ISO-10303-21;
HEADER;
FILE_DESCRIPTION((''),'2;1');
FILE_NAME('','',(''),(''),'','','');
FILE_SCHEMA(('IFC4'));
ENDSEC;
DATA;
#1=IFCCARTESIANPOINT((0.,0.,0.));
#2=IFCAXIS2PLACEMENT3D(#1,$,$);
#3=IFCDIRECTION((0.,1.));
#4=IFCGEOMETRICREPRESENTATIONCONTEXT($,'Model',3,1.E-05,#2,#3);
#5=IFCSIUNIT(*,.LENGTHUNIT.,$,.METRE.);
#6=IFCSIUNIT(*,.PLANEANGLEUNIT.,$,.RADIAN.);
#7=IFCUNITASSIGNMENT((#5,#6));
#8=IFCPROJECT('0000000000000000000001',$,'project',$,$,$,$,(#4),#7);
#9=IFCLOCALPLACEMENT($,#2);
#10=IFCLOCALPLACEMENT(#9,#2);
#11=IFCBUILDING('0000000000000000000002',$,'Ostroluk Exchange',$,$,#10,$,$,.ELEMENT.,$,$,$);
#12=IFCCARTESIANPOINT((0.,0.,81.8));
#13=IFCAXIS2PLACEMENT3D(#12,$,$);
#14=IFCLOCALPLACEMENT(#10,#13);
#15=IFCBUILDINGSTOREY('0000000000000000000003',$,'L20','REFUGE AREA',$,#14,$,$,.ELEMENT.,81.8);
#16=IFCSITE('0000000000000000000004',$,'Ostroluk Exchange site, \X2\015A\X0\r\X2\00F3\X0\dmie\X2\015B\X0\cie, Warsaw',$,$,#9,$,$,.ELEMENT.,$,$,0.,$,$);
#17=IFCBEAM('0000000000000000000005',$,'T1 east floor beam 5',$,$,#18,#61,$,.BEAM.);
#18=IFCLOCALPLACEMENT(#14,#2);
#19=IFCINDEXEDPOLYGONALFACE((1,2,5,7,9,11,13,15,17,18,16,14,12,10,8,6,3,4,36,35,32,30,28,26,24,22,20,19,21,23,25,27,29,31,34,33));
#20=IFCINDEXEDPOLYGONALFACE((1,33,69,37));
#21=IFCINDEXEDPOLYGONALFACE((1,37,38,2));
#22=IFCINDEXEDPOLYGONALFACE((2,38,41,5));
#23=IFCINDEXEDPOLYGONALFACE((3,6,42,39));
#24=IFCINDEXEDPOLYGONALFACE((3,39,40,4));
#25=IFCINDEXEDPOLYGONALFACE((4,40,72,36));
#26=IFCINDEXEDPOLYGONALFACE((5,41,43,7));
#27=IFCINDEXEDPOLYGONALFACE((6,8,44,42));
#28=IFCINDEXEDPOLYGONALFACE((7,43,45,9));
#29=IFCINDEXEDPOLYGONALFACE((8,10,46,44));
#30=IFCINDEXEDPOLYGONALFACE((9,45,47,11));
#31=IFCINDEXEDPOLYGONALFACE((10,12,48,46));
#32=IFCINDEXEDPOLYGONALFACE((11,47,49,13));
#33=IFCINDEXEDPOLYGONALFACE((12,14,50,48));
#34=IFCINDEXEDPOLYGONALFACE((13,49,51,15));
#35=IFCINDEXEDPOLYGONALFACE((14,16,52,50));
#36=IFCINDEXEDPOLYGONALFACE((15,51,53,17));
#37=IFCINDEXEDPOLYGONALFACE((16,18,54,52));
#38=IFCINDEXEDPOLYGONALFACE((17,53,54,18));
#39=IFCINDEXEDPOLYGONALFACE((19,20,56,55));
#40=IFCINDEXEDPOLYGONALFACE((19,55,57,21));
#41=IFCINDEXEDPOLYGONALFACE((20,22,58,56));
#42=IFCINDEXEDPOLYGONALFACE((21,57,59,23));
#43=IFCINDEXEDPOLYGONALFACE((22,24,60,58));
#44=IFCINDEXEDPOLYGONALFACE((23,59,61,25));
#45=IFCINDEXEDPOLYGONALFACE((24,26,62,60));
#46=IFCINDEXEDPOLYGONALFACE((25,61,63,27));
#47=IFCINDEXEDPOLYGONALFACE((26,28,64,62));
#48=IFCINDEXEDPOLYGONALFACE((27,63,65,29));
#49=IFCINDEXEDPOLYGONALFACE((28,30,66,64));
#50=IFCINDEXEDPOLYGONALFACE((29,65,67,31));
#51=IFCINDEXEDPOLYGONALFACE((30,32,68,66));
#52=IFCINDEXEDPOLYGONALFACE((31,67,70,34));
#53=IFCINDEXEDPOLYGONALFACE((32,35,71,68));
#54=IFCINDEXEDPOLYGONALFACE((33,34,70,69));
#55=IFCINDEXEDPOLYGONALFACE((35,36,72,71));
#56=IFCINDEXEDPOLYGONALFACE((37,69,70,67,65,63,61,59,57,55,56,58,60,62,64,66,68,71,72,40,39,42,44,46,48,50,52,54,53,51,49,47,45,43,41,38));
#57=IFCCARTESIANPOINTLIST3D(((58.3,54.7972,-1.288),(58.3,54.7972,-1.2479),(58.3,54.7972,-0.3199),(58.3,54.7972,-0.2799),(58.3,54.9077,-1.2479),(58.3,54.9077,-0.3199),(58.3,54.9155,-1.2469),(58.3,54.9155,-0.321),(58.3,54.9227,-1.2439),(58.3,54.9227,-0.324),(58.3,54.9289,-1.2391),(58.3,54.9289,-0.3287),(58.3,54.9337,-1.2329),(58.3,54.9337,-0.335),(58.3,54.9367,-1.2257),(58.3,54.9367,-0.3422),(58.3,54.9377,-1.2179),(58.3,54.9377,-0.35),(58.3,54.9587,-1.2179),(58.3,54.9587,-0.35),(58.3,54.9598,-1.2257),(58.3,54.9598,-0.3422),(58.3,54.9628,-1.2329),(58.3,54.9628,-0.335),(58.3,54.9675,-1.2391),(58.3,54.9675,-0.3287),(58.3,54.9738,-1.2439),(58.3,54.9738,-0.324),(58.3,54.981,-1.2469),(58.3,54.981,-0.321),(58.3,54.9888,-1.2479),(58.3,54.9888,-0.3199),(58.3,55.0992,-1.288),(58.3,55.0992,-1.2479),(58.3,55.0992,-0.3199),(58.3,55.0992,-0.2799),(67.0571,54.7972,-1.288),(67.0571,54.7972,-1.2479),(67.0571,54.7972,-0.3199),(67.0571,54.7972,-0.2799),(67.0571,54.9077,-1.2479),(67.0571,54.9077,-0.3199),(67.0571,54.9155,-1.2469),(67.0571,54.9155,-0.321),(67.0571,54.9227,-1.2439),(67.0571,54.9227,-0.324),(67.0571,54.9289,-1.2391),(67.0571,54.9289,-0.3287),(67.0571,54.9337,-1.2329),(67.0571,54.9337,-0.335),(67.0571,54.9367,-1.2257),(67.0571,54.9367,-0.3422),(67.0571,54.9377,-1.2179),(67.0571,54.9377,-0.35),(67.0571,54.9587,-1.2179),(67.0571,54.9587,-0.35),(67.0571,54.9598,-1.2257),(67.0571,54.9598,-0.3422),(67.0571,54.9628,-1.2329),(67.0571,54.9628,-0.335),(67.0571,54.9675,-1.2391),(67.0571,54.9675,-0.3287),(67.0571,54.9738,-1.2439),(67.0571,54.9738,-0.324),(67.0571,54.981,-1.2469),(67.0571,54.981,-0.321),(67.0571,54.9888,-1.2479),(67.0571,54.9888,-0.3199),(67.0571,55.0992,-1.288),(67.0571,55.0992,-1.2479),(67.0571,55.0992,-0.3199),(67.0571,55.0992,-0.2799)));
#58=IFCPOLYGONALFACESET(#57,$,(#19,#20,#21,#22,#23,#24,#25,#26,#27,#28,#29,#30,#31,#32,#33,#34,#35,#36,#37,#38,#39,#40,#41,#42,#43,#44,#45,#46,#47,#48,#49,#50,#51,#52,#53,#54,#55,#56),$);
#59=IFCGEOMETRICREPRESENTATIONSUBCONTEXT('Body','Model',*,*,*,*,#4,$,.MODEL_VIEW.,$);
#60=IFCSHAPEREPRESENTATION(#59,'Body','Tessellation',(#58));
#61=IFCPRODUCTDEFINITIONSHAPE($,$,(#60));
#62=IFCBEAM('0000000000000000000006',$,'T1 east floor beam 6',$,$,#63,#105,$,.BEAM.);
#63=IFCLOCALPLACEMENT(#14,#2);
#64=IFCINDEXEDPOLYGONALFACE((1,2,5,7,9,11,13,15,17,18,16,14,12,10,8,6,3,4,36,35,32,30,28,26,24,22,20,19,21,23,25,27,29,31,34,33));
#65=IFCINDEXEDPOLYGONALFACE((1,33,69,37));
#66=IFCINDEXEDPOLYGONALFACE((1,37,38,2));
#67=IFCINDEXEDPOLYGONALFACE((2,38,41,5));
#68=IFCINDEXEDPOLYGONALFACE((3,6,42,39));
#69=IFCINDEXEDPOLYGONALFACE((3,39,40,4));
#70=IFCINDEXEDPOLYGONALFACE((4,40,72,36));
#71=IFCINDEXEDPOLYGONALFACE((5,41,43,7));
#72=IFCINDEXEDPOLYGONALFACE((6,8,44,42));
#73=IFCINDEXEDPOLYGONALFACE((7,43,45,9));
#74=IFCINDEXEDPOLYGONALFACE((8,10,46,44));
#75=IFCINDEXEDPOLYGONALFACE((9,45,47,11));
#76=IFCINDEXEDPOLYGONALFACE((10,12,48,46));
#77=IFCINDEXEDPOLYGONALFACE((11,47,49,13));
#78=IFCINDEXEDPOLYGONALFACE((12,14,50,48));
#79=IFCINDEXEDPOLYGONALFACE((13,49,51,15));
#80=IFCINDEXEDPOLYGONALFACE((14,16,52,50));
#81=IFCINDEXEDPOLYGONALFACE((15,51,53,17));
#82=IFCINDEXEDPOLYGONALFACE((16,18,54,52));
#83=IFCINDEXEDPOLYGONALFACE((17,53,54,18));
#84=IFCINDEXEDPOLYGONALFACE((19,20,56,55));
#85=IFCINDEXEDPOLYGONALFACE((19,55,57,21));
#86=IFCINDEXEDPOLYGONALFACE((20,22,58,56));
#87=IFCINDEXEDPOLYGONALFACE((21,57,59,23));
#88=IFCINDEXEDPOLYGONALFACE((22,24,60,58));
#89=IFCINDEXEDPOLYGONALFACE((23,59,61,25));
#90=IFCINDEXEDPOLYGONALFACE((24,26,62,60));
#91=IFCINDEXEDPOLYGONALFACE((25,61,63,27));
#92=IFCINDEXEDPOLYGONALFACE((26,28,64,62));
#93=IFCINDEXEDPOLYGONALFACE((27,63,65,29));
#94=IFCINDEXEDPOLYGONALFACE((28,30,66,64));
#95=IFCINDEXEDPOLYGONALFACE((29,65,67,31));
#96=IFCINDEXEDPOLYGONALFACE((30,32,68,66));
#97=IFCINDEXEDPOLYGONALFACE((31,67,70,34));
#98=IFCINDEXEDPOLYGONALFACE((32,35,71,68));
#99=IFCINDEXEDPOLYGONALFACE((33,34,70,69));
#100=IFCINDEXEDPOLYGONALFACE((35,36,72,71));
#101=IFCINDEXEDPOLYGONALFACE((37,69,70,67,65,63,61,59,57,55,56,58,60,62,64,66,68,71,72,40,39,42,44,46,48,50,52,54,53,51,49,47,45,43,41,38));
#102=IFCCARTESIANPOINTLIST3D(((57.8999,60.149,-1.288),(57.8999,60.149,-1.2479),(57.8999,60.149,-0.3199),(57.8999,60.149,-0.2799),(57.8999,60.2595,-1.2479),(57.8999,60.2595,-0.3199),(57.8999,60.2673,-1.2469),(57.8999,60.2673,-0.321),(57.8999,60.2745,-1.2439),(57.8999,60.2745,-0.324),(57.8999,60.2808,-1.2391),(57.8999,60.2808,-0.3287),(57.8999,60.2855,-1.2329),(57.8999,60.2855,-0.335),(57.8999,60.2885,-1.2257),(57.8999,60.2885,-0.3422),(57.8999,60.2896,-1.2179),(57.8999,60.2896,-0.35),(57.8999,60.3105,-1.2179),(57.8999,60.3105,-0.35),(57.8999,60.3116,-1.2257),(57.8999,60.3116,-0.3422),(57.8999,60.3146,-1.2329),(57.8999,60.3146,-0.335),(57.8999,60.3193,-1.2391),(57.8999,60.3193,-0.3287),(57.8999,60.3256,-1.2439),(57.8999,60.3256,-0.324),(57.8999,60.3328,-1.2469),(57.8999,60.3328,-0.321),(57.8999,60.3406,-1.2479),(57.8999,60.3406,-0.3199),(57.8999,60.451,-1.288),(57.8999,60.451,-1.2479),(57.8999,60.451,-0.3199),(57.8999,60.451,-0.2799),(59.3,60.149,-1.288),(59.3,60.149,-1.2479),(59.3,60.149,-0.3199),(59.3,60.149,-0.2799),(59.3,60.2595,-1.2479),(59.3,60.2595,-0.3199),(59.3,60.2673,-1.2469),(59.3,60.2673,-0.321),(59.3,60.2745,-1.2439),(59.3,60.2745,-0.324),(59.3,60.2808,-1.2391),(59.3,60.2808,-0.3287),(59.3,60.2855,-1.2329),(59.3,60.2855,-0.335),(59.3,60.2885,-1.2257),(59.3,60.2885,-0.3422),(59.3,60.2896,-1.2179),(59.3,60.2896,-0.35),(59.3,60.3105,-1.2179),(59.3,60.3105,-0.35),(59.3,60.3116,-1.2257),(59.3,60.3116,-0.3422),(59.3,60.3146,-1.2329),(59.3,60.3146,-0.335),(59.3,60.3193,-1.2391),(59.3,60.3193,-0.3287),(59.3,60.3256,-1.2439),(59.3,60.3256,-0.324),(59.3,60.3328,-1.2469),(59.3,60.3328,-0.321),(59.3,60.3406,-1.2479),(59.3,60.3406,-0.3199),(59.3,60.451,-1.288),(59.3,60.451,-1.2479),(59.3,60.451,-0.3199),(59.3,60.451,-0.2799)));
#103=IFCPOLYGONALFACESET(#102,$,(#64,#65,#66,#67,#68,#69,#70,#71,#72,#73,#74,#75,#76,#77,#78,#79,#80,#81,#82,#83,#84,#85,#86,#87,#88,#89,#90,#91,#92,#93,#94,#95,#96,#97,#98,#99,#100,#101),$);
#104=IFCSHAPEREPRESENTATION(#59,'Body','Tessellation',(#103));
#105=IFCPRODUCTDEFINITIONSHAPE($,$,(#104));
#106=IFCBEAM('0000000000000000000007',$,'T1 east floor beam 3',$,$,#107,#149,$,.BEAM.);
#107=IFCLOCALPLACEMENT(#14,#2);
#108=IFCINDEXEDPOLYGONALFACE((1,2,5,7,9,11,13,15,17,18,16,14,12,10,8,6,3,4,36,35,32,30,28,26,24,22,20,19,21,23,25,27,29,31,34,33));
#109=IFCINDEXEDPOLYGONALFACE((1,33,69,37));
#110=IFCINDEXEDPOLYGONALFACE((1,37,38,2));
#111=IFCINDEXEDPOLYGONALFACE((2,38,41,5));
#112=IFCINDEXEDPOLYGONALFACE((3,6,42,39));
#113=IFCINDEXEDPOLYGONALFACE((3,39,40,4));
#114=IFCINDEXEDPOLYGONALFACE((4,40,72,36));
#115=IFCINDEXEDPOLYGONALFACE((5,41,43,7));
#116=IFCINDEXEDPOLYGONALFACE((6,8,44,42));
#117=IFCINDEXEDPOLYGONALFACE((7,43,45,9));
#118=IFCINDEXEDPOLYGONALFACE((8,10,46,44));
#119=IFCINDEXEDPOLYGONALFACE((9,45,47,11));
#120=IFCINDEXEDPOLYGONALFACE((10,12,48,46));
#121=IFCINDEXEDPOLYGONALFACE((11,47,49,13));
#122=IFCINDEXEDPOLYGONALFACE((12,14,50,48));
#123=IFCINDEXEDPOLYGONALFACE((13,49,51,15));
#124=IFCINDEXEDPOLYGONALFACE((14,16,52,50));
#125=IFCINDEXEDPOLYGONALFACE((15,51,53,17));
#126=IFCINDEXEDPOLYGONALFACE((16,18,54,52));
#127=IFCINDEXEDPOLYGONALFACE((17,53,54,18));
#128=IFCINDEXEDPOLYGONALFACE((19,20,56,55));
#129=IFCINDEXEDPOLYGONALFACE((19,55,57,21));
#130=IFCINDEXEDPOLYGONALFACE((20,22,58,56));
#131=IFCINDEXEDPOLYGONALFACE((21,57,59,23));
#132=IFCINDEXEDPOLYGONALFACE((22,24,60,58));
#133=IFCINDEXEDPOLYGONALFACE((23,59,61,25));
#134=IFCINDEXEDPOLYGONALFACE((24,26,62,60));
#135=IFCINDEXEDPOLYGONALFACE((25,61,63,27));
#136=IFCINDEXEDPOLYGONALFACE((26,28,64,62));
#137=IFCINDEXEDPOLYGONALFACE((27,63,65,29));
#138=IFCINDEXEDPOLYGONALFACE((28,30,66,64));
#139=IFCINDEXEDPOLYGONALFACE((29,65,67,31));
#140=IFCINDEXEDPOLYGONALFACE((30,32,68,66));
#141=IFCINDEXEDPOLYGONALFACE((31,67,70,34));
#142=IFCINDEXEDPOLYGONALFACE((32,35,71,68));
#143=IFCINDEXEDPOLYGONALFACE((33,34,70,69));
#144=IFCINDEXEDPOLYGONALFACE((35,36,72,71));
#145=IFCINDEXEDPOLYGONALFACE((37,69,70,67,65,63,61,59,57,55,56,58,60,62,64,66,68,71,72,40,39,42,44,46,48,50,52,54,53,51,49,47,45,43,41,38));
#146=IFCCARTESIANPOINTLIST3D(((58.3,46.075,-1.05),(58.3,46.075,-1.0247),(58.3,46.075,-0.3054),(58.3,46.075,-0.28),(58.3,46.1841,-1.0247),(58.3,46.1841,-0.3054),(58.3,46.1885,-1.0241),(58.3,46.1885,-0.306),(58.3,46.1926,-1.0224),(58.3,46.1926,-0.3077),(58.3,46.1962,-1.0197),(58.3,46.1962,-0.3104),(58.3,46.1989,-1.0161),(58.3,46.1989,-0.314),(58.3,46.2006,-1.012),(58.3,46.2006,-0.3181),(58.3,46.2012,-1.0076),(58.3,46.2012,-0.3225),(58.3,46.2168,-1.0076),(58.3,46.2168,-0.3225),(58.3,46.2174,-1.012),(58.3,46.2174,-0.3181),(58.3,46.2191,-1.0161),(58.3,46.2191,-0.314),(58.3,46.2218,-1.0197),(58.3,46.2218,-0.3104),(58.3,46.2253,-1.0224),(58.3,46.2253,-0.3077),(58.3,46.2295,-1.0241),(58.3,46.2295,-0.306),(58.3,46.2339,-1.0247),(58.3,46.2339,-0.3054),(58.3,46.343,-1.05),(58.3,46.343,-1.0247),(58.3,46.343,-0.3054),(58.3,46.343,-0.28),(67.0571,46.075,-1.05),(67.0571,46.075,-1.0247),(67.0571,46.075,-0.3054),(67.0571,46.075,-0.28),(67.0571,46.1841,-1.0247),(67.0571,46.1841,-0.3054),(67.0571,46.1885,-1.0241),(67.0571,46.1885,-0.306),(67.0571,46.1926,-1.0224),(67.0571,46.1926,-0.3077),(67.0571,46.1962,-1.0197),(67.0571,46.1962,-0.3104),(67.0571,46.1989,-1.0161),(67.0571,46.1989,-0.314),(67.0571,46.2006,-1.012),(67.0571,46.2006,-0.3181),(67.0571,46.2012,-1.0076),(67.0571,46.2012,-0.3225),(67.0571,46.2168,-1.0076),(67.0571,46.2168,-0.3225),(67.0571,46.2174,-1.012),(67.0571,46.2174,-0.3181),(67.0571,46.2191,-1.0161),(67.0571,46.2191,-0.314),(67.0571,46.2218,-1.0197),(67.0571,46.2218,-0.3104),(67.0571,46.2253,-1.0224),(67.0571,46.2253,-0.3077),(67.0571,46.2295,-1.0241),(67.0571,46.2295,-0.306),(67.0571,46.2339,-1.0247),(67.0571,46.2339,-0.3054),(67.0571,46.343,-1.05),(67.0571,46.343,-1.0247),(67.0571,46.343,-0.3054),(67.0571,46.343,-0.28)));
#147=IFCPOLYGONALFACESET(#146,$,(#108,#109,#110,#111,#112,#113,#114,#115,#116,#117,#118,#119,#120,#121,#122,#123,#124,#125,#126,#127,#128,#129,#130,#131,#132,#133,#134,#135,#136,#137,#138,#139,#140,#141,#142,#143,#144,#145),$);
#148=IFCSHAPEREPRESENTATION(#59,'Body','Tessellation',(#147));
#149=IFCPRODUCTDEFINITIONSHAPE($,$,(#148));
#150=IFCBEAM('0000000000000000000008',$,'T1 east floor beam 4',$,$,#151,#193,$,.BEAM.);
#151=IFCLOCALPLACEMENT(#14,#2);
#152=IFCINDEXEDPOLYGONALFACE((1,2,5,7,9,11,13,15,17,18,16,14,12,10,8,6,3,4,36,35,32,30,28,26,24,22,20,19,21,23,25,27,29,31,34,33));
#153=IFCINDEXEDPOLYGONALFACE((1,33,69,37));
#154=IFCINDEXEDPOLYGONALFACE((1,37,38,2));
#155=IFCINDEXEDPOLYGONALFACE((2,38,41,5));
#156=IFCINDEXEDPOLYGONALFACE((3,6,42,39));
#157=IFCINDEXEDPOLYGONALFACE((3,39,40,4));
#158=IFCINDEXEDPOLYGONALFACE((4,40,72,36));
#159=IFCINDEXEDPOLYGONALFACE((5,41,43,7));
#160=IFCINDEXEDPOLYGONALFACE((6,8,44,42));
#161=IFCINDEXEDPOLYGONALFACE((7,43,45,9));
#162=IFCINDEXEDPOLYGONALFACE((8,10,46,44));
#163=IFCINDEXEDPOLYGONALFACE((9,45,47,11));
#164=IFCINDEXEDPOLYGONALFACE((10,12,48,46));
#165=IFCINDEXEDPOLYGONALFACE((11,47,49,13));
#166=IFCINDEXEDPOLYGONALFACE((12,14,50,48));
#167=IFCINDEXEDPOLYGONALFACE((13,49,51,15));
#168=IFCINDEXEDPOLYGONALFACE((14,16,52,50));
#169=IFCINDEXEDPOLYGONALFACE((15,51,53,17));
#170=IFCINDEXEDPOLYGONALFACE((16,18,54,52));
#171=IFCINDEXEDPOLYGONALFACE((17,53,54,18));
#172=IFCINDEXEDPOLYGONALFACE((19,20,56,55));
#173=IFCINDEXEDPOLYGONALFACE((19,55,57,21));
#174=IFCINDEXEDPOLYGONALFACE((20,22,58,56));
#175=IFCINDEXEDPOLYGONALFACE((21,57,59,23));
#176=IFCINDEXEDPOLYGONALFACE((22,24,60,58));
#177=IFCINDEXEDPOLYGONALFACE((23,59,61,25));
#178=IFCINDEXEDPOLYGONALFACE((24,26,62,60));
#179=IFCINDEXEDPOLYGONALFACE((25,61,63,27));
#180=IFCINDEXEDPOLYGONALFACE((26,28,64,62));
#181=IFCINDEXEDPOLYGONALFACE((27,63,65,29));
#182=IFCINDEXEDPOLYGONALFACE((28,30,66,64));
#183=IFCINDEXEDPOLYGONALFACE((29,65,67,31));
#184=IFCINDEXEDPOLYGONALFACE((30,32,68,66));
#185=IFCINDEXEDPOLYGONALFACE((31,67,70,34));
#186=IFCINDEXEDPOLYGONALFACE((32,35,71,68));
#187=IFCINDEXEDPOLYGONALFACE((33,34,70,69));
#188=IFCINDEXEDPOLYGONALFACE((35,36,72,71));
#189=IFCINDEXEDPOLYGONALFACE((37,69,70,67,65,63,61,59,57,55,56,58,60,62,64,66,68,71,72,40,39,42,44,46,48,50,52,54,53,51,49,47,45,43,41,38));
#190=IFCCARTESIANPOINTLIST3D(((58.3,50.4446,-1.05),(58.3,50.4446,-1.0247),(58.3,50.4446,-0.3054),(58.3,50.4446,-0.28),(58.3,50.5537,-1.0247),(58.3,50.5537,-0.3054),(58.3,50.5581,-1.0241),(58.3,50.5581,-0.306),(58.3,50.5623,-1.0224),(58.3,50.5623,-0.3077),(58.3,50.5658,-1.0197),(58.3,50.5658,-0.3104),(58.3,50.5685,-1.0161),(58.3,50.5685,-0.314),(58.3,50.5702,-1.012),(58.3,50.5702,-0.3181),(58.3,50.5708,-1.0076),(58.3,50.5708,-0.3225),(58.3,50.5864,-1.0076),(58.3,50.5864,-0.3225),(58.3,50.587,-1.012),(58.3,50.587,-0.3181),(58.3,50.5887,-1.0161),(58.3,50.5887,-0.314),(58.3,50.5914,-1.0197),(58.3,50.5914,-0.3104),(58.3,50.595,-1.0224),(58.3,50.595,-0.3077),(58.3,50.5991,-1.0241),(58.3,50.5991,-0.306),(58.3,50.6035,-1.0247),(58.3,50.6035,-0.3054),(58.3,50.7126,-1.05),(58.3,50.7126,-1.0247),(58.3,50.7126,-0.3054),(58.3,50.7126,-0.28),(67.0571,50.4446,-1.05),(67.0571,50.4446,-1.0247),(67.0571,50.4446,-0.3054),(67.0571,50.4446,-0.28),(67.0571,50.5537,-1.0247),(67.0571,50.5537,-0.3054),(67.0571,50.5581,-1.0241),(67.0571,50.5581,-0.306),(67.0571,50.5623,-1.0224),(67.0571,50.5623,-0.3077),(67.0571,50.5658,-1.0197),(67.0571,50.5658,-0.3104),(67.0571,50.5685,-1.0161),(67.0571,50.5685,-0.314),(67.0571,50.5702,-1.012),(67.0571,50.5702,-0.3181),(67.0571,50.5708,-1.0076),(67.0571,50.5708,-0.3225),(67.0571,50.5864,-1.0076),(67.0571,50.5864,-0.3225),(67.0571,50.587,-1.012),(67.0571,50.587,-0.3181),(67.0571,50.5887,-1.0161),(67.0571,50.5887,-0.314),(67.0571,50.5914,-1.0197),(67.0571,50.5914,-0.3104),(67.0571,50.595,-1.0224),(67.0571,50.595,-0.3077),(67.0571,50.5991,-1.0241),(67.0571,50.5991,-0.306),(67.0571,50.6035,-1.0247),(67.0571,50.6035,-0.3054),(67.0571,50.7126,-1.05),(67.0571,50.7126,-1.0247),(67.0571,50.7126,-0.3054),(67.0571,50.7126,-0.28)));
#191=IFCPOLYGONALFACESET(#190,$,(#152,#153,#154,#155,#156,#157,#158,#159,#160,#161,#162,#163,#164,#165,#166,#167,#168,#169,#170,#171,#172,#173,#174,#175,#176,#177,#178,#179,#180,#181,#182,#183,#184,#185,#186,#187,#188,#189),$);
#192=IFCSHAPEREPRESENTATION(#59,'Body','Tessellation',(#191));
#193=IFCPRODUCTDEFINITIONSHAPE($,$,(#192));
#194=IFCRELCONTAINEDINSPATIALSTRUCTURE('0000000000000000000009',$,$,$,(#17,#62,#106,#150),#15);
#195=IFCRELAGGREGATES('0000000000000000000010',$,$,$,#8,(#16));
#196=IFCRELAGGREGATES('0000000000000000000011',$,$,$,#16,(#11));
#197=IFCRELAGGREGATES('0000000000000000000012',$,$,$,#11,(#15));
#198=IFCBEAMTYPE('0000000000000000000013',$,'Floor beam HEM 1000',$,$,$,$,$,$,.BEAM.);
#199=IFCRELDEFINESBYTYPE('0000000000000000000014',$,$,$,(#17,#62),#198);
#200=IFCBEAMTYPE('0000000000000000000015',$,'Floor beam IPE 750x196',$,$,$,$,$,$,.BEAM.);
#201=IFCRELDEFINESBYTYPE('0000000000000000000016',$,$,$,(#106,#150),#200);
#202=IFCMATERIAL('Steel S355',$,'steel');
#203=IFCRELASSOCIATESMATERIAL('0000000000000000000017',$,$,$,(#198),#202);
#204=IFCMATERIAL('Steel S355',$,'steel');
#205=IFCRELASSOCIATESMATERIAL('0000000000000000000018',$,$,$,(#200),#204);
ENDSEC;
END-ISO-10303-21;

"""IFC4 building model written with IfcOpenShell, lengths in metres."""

from ifc_helpers import new_model, si_unit, direction, frame, origin, origin_2d, place, context, subcontext, project, spatial, i_section, extrude, material, material_profile, profile_set, type_object, element, save


model = new_model("IFC4")

# Units and contexts
model_context = context("Model", 3, precision=1e-05, world=origin(), true_north=direction((0.0, 1.0)))
body_context = subcontext(model_context, "Body", "Model", "MODEL_VIEW")
ifc_project = project(units=[si_unit("LENGTHUNIT", "METRE"), si_unit("PLANEANGLEUNIT", "RADIAN")], contexts=[model_context])

# Site, building, storey
site_placement = place(None, origin())
site = spatial("IfcSite", under=ifc_project, at=site_placement, Name="Ostroluk Exchange site, Śródmieście, Warsaw", CompositionType="ELEMENT", RefElevation=0.0)
building_placement = place(site_placement, origin())
building = spatial("IfcBuilding", under=site, at=building_placement, Name="Ostroluk Exchange", CompositionType="ELEMENT")
storey_placement = place(building_placement, frame((0.0, 0.0, 81.8)))
storey = spatial("IfcBuildingStorey", under=building, at=storey_placement, Name="L20", Description="REFUGE AREA", CompositionType="ELEMENT", Elevation=81.8)

# Beams
ifc_material_1 = material(Name="Steel S355", Category="steel")
ifc_material_profile_1 = material_profile(ifc_material_1, i_section(OverallWidth=0.302, OverallDepth=1.0081, WebThickness=0.021, FlangeThickness=0.04, FilletRadius=0.03, at=origin_2d()), Name="HEM 1000")
ifc_profile_set_1 = profile_set([ifc_material_profile_1], Name="Steel S355")
beam_type_1 = type_object("IfcBeamType", Name="Floor beam HEM 1000", PredefinedType="BEAM", material=ifc_profile_set_1)
beam_1_placement = place(storey_placement, frame((58.3, 54.9482, -0.7839), z_axis=(1.0, 0.0, 0.0), x_axis=(0.0, 1.0, 0.0)))
element("IfcBeam", 1, at=beam_1_placement, inside=storey, type_object=beam_type_1, Name="T1 east floor beam 5", PredefinedType="BEAM", context=body_context, shape_type="SweptSolid", body=[
    extrude(i_section(OverallWidth=0.302, OverallDepth=1.0081, WebThickness=0.021, FlangeThickness=0.04, FilletRadius=0.03, at=origin_2d()), origin(), (0.0, 0.0, 1.0), 8.7571),
])
beam_2_placement = place(storey_placement, frame((57.8999, 60.3, -0.7839), z_axis=(1.0, 0.0, 0.0), x_axis=(0.0, 1.0, 0.0)))
element("IfcBeam", 2, at=beam_2_placement, inside=storey, type_object=beam_type_1, Name="T1 east floor beam 6", PredefinedType="BEAM", context=body_context, shape_type="SweptSolid", body=[
    extrude(i_section(OverallWidth=0.302, OverallDepth=1.0081, WebThickness=0.021, FlangeThickness=0.04, FilletRadius=0.03, at=origin_2d()), origin(), (0.0, 0.0, 1.0), 1.4001),
])
ifc_material_2 = material(Name="Steel S355", Category="steel")
ifc_material_profile_2 = material_profile(ifc_material_2, i_section(OverallWidth=0.2681, OverallDepth=0.77, WebThickness=0.0156, FlangeThickness=0.0254, FilletRadius=0.0171, at=origin_2d()), Name="IPE 750x196")
ifc_profile_set_2 = profile_set([ifc_material_profile_2], Name="Steel S355")
beam_type_2 = type_object("IfcBeamType", Name="Floor beam IPE 750x196", PredefinedType="BEAM", material=ifc_profile_set_2)
for number, where, z_axis, x_axis, name in (
    (3, (58.3, 46.209, -0.665), (1.0, 0.0, 0.0), (0.0, 1.0, 0.0), "T1 east floor beam 3"),
    (4, (58.3, 50.5786, -0.665), (1.0, 0.0, 0.0), (0.0, 1.0, 0.0), "T1 east floor beam 4"),
):
    element("IfcBeam", number, at=place(storey_placement, frame(where, z_axis=z_axis, x_axis=x_axis)), inside=storey, type_object=beam_type_2, Name=name, PredefinedType="BEAM", context=body_context, shape_type="SweptSolid", body=[
        extrude(i_section(OverallWidth=0.2681, OverallDepth=0.77, WebThickness=0.0156, FlangeThickness=0.0254, FilletRadius=0.0171, at=origin_2d()), origin(), (0.0, 0.0, 1.0), 8.7571),
    ])

save(model, "model.ifc")
